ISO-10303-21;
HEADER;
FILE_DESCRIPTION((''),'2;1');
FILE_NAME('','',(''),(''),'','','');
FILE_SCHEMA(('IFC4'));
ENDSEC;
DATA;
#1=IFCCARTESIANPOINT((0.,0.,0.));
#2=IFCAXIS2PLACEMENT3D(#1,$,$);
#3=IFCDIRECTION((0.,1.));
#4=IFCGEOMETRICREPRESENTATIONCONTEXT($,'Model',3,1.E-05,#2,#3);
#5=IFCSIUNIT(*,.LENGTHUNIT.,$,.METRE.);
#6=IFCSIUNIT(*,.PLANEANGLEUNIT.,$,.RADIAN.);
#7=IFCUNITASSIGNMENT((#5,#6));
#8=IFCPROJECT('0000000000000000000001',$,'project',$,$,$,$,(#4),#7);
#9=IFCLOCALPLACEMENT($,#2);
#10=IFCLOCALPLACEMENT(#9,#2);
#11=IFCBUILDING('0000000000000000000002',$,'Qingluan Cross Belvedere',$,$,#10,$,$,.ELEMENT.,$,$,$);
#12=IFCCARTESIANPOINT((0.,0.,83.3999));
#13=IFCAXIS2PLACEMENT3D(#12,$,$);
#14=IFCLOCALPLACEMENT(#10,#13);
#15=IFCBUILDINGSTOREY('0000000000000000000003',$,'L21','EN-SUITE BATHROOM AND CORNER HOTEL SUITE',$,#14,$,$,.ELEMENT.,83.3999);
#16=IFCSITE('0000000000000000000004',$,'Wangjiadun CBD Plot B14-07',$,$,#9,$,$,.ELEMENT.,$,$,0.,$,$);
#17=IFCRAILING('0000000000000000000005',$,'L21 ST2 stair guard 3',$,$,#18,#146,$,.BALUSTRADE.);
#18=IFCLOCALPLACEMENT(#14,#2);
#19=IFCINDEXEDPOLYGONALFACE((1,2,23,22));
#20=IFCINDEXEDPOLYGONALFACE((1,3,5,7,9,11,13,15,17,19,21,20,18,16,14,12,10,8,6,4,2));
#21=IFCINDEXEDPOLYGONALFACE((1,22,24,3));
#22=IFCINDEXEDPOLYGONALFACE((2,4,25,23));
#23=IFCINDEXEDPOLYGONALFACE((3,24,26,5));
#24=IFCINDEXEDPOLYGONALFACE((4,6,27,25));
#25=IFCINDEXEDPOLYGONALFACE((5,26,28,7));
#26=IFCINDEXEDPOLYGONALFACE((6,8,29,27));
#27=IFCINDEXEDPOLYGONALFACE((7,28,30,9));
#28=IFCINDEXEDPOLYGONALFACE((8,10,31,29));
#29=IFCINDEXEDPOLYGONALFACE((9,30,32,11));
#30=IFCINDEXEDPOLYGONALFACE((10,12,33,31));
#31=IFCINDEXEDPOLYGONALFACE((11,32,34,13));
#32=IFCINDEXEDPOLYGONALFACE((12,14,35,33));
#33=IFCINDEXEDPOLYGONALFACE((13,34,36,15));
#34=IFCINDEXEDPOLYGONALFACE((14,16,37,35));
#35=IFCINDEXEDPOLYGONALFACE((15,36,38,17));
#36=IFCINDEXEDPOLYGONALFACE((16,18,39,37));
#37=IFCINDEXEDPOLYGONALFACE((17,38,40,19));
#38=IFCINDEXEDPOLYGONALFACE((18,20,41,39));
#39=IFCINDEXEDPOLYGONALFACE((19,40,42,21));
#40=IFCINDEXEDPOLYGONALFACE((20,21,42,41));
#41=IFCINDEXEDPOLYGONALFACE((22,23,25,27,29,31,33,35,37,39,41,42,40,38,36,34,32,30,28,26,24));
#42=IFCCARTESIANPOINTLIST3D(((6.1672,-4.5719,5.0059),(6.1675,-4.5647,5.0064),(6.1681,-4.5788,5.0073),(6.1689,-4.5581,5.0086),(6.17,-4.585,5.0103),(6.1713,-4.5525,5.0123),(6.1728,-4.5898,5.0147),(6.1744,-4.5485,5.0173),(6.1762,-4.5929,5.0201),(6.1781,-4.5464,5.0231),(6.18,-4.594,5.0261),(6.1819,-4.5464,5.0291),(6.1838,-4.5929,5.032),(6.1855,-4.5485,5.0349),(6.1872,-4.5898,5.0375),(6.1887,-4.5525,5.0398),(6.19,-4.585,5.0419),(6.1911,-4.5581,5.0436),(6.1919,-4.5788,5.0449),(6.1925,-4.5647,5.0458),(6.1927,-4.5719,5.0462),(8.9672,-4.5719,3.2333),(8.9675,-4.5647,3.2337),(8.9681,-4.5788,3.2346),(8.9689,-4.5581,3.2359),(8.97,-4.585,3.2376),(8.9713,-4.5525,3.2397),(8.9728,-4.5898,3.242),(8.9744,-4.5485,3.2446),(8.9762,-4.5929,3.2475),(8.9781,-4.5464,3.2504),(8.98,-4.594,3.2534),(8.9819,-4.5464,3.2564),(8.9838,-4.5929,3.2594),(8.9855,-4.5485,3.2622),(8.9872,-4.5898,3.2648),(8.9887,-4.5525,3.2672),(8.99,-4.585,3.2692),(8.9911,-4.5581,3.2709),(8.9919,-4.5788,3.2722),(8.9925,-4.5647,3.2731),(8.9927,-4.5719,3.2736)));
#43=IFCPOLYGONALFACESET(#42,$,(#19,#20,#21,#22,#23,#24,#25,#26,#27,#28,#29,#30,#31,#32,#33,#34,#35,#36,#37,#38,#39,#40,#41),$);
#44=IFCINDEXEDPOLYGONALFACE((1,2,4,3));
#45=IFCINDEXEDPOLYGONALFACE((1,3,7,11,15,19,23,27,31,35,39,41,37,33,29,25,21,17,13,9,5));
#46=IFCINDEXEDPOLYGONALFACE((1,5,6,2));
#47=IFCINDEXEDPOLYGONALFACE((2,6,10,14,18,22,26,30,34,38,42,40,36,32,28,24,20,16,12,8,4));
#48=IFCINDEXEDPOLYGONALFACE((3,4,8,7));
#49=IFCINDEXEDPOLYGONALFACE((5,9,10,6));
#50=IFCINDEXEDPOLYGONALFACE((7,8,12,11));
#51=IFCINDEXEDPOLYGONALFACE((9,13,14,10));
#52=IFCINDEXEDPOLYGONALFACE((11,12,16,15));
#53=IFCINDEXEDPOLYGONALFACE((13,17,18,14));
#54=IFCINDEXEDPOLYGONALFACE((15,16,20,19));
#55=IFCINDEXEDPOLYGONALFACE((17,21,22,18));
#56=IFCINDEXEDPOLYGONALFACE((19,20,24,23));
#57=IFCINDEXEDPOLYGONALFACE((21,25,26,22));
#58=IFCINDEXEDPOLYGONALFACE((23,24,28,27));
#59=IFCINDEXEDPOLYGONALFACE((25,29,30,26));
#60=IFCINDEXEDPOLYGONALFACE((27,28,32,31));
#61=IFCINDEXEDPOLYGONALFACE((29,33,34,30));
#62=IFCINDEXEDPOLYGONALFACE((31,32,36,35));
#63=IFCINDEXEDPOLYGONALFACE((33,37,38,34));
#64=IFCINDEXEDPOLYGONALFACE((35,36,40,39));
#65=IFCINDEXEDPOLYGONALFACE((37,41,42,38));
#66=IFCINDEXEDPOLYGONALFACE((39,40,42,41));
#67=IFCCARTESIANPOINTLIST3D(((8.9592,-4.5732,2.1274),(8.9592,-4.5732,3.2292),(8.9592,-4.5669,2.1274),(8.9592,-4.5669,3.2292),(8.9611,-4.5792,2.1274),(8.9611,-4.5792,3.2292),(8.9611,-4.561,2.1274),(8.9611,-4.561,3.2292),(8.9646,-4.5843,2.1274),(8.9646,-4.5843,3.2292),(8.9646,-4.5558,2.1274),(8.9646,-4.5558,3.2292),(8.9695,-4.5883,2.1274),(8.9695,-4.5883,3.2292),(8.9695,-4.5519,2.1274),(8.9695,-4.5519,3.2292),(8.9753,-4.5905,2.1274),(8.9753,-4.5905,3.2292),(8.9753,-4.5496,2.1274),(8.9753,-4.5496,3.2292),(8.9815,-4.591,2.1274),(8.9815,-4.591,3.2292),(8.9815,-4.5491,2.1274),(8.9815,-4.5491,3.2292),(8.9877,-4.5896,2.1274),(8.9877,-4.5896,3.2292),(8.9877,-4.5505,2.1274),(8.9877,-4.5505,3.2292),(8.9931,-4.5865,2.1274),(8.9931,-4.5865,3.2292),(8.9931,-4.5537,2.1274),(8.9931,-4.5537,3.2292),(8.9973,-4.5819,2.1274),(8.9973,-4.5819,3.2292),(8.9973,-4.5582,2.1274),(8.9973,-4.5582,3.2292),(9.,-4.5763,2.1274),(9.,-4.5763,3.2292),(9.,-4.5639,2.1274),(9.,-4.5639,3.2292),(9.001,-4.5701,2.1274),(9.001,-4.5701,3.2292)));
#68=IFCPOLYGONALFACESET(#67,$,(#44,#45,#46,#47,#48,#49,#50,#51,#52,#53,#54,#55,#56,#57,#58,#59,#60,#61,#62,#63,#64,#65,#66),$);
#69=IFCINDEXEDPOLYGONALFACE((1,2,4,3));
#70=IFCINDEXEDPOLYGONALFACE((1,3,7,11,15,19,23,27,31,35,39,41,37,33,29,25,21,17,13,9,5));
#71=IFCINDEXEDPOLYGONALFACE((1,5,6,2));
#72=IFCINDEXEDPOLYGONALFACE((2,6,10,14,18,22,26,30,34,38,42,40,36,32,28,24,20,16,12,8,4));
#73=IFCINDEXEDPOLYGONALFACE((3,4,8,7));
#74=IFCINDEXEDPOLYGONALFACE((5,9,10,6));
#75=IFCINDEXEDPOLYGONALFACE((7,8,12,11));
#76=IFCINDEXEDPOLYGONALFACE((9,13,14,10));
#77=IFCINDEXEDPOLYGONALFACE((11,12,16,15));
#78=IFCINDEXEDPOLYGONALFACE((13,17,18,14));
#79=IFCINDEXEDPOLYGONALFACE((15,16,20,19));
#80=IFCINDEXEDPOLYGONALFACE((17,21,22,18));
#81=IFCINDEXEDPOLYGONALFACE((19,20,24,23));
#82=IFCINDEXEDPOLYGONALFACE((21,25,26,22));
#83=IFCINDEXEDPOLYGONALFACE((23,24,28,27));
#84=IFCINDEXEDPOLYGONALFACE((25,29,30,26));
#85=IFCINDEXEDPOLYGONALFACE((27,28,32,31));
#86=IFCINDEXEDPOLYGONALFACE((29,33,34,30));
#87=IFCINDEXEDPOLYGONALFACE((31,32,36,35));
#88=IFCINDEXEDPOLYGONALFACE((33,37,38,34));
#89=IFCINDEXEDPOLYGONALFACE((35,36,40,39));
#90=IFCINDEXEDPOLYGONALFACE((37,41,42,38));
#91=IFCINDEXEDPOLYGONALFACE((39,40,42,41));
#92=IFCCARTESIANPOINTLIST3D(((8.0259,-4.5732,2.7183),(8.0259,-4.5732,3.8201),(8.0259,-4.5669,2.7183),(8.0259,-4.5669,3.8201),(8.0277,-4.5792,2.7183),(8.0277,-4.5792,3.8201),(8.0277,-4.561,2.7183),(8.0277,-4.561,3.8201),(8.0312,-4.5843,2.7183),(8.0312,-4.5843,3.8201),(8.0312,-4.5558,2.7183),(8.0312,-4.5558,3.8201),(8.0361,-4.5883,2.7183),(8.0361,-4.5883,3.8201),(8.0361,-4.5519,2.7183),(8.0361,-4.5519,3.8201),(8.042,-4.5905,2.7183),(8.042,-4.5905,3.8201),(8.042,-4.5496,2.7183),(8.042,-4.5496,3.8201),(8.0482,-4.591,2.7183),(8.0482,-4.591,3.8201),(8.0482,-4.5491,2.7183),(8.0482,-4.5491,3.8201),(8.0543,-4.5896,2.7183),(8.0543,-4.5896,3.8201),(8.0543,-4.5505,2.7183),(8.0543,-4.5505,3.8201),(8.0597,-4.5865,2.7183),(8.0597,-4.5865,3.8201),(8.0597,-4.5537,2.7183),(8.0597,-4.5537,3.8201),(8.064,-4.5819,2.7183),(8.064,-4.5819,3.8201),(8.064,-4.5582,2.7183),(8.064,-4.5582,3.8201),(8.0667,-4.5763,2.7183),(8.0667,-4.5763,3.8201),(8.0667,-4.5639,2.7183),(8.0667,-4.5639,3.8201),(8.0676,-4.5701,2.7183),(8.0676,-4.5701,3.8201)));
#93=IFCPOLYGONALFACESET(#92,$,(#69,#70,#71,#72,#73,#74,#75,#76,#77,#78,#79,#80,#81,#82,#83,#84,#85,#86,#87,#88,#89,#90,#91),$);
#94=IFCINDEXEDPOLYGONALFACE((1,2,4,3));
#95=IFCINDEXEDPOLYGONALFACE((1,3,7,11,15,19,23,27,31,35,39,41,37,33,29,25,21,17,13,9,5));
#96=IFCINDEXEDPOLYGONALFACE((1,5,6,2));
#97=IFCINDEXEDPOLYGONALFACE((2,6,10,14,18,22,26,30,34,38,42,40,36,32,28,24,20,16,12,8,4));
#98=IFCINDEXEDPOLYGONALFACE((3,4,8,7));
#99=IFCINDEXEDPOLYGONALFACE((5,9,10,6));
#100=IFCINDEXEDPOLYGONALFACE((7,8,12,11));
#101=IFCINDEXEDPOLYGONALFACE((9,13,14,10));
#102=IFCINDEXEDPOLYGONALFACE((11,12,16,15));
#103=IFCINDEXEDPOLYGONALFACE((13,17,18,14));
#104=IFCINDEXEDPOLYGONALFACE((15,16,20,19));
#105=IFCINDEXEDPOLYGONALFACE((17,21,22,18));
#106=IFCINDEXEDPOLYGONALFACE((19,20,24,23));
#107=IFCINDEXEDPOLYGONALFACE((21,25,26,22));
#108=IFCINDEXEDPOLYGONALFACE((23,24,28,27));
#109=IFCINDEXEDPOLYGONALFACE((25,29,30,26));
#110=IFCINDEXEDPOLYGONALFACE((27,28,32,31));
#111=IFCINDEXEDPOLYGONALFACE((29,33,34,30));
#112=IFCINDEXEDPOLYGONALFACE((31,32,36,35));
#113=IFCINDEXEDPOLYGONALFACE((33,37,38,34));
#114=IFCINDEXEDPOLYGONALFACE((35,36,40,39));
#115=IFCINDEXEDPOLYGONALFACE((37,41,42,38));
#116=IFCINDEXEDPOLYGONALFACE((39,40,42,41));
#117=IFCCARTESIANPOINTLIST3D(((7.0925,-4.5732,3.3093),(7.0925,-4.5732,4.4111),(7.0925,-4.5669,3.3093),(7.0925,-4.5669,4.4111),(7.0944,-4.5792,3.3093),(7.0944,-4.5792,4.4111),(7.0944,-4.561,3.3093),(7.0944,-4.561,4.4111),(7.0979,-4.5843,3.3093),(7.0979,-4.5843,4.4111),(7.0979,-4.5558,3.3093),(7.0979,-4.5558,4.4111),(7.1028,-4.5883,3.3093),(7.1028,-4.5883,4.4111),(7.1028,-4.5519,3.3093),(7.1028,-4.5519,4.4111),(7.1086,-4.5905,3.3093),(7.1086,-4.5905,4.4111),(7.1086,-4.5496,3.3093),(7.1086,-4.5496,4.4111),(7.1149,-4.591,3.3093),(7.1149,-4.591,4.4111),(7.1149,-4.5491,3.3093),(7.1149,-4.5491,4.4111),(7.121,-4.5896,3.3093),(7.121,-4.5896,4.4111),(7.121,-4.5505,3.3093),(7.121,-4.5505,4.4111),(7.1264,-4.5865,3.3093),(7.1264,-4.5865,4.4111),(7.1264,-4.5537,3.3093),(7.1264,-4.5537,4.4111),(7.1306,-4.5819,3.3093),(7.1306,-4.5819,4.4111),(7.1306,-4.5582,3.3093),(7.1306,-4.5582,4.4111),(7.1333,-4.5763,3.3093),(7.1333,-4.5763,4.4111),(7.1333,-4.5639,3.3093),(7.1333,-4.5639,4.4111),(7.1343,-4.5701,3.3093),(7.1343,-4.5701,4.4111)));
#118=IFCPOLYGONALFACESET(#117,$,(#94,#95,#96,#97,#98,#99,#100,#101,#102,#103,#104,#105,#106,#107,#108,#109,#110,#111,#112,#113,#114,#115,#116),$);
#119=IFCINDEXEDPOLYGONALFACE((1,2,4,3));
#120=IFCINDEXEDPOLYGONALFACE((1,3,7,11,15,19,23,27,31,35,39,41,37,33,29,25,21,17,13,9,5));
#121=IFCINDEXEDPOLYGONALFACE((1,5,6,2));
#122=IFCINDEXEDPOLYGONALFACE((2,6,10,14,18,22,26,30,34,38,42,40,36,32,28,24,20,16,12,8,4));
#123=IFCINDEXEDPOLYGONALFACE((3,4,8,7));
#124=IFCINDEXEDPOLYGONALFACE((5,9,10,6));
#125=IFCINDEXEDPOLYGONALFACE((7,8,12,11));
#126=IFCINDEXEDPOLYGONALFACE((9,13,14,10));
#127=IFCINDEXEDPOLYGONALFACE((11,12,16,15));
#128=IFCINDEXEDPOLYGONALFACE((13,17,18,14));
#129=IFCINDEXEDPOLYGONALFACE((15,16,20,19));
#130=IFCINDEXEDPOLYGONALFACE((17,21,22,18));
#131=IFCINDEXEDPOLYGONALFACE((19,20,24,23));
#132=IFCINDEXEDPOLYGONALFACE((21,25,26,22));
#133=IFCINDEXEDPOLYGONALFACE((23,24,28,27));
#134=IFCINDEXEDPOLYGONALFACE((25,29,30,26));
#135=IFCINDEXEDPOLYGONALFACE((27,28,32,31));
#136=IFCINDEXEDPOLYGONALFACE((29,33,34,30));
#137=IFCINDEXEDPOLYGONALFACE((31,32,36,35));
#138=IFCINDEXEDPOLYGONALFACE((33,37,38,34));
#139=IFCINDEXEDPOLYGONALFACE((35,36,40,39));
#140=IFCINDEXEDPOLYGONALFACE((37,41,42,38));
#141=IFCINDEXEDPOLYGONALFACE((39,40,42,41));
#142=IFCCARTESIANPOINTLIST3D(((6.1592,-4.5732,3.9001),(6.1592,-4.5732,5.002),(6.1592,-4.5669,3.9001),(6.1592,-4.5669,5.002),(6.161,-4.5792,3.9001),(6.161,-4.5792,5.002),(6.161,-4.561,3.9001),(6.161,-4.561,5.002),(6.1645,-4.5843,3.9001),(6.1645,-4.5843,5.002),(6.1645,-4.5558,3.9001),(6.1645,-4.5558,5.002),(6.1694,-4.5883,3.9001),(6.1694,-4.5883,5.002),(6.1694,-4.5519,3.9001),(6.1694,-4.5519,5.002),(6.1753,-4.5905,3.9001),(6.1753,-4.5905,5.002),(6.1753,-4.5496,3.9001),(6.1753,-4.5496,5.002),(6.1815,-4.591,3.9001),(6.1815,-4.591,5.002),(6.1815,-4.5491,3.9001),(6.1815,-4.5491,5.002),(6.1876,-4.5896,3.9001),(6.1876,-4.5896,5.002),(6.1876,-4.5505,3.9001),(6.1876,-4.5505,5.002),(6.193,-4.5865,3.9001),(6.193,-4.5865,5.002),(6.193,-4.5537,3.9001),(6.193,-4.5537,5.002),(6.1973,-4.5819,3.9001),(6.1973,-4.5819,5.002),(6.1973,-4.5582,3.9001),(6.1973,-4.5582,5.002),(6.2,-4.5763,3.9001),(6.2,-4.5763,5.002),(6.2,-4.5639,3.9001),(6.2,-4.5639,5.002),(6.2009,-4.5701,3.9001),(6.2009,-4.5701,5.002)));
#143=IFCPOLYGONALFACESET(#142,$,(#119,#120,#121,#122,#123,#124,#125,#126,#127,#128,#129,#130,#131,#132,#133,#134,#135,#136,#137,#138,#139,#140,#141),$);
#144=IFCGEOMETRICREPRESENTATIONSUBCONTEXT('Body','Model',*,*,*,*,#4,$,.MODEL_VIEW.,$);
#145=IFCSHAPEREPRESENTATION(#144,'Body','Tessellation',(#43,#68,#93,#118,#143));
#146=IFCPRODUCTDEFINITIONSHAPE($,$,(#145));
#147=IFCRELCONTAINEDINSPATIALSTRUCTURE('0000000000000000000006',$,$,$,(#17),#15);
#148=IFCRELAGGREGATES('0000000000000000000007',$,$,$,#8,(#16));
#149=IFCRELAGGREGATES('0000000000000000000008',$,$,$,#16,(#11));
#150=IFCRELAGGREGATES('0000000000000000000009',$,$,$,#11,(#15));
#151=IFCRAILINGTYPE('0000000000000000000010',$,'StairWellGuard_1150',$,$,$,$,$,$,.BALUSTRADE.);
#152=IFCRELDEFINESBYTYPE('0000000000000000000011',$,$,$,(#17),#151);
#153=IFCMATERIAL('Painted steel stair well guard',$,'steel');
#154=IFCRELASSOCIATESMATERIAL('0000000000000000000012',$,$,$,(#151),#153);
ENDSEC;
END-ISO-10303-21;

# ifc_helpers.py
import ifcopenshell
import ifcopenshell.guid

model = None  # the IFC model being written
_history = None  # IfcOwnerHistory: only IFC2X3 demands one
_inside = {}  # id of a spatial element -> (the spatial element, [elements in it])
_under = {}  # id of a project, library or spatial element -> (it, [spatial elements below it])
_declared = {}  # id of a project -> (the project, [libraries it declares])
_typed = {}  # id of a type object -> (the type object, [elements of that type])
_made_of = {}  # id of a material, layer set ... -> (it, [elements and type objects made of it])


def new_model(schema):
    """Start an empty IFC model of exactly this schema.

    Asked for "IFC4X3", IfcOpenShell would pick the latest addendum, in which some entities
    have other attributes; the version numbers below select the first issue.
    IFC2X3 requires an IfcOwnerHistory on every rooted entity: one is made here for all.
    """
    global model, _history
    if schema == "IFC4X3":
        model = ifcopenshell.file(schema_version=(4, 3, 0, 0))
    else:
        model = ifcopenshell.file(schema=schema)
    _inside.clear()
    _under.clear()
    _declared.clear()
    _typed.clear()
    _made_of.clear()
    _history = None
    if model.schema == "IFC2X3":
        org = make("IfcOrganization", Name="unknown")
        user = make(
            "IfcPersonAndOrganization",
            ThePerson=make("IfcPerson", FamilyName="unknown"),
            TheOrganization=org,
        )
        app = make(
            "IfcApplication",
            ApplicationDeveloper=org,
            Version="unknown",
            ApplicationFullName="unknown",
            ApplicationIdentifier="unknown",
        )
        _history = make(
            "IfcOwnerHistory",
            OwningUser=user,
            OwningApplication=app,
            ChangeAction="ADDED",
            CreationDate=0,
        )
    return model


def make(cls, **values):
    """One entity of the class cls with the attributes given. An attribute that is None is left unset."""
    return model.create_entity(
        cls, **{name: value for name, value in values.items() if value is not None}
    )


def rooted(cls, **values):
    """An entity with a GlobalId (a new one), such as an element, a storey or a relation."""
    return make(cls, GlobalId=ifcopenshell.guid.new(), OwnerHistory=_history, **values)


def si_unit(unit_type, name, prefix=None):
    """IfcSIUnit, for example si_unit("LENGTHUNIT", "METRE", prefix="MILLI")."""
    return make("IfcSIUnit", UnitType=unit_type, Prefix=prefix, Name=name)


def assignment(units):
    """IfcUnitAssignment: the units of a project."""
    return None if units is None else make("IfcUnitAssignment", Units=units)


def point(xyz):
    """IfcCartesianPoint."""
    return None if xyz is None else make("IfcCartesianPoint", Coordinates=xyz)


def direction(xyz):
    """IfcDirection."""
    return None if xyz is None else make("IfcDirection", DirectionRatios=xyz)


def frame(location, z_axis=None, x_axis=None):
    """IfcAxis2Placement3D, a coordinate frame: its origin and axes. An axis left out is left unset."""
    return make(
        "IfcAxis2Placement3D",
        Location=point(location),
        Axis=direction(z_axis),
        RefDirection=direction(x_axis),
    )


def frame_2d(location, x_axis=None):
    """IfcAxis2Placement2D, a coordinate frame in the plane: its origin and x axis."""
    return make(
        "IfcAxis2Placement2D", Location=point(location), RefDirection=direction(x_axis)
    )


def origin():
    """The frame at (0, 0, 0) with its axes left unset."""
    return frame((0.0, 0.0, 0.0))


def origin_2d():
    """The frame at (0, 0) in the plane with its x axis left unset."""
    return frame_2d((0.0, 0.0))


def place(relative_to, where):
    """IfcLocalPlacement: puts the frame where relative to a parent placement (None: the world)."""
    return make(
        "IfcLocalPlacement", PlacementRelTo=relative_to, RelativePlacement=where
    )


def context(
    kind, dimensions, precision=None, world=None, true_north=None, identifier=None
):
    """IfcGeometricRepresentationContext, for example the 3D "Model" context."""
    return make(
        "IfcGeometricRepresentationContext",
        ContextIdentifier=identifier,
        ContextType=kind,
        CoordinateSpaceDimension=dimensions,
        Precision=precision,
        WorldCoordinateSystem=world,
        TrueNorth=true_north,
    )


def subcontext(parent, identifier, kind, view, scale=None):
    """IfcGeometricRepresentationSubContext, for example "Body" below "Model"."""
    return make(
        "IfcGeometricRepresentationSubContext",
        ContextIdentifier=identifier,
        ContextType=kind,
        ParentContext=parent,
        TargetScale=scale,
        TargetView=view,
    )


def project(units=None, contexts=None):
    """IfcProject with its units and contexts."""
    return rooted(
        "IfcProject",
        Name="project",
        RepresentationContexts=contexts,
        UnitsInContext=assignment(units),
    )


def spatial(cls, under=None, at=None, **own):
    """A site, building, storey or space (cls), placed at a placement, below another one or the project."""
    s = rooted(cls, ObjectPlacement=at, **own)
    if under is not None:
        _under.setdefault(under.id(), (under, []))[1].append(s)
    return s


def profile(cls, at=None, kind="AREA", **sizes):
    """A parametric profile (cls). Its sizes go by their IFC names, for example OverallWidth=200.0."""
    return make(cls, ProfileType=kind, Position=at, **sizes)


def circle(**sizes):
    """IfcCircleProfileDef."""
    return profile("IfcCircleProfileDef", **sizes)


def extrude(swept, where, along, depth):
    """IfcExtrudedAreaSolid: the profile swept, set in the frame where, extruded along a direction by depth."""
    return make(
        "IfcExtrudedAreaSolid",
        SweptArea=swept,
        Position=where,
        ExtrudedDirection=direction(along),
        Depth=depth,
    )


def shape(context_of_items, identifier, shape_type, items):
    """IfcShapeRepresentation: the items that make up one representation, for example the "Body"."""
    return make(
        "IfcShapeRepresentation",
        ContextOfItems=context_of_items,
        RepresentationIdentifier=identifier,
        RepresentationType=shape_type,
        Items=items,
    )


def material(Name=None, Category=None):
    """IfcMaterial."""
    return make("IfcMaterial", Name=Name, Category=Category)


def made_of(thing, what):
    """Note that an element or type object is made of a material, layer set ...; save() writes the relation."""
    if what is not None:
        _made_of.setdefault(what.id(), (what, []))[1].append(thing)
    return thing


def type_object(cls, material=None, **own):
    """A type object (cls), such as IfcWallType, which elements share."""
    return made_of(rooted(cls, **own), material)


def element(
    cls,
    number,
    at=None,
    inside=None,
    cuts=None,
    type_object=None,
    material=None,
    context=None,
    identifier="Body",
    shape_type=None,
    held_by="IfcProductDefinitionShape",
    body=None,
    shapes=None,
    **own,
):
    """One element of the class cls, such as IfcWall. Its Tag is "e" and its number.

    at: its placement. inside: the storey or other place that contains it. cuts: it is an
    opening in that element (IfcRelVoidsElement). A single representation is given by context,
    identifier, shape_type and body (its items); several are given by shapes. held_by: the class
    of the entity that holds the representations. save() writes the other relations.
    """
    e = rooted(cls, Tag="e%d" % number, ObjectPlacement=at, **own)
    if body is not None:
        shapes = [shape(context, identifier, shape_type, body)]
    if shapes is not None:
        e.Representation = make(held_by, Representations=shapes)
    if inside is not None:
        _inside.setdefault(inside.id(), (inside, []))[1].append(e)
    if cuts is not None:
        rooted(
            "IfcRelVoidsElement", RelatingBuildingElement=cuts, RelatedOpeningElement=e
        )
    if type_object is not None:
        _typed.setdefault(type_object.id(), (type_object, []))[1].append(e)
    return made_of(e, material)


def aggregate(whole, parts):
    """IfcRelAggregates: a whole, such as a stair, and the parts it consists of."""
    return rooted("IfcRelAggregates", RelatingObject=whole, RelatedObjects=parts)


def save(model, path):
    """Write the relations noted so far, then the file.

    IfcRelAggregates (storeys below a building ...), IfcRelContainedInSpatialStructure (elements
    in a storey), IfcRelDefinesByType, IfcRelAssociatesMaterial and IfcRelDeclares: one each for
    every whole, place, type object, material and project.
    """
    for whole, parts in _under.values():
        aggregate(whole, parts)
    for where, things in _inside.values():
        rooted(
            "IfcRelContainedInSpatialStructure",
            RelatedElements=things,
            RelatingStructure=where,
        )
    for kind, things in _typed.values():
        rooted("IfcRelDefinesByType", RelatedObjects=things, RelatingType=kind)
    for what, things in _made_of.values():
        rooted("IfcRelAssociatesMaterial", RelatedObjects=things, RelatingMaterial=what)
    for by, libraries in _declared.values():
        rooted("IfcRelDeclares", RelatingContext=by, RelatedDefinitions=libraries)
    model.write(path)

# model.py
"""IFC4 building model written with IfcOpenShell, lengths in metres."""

from ifc_helpers import new_model, si_unit, direction, frame, origin, origin_2d, place, context, subcontext, project, spatial, circle, extrude, material, type_object, element, save


model = new_model("IFC4")

# Units and contexts
model_context = context("Model", 3, precision=1e-05, world=origin(), true_north=direction((0.0, 1.0)))
body_context = subcontext(model_context, "Body", "Model", "MODEL_VIEW")
ifc_project = project(units=[si_unit("LENGTHUNIT", "METRE"), si_unit("PLANEANGLEUNIT", "RADIAN")], contexts=[model_context])

# Site, building, storey
site_placement = place(None, origin())
site = spatial("IfcSite", under=ifc_project, at=site_placement, Name="Wangjiadun CBD Plot B14-07", CompositionType="ELEMENT", RefElevation=0.0)
building_placement = place(site_placement, origin())
building = spatial("IfcBuilding", under=site, at=building_placement, Name="Qingluan Cross Belvedere", CompositionType="ELEMENT")
storey_placement = place(building_placement, frame((0.0, 0.0, 83.3999)))
storey = spatial("IfcBuildingStorey", under=building, at=storey_placement, Name="L21", Description="EN-SUITE BATHROOM AND CORNER HOTEL SUITE", CompositionType="ELEMENT", Elevation=83.3999)

# Railing
ifc_material_1 = material(Name="Painted steel stair well guard", Category="steel")
railing_type_1 = type_object("IfcRailingType", Name="StairWellGuard_1150", PredefinedType="BALUSTRADE", material=ifc_material_1)
railing_1_placement = place(storey_placement, frame((8.98, -4.5701, 2.1274)))
element("IfcRailing", 1, at=railing_1_placement, inside=storey, type_object=railing_type_1, Name="L21 ST2 stair guard 3", PredefinedType="BALUSTRADE", context=body_context, shape_type="SweptSolid", body=[
    extrude(circle(Radius=0.0239, at=origin_2d()), frame((0.0, 0.0, 1.126), z_axis=(-0.844909, 0.0, 0.53491), x_axis=(0.0, -1.0, 0.0)), (0.0, 0.0, 1.0), 3.314),
    extrude(circle(Radius=0.021, at=origin_2d()), origin(), (0.0, 0.0, 1.0), 1.1018),
    extrude(circle(Radius=0.021, at=origin_2d()), frame((-0.9333, 0.0, 0.5908)), (0.0, 0.0, 1.0), 1.1018),
    extrude(circle(Radius=0.021, at=origin_2d()), frame((-1.8667, 0.0, 1.1819)), (0.0, 0.0, 1.0), 1.1018),
    extrude(circle(Radius=0.021, at=origin_2d()), frame((-2.8, 0.0, 1.7727)), (0.0, 0.0, 1.0), 1.1018),
])

save(model, "model.ifc")
